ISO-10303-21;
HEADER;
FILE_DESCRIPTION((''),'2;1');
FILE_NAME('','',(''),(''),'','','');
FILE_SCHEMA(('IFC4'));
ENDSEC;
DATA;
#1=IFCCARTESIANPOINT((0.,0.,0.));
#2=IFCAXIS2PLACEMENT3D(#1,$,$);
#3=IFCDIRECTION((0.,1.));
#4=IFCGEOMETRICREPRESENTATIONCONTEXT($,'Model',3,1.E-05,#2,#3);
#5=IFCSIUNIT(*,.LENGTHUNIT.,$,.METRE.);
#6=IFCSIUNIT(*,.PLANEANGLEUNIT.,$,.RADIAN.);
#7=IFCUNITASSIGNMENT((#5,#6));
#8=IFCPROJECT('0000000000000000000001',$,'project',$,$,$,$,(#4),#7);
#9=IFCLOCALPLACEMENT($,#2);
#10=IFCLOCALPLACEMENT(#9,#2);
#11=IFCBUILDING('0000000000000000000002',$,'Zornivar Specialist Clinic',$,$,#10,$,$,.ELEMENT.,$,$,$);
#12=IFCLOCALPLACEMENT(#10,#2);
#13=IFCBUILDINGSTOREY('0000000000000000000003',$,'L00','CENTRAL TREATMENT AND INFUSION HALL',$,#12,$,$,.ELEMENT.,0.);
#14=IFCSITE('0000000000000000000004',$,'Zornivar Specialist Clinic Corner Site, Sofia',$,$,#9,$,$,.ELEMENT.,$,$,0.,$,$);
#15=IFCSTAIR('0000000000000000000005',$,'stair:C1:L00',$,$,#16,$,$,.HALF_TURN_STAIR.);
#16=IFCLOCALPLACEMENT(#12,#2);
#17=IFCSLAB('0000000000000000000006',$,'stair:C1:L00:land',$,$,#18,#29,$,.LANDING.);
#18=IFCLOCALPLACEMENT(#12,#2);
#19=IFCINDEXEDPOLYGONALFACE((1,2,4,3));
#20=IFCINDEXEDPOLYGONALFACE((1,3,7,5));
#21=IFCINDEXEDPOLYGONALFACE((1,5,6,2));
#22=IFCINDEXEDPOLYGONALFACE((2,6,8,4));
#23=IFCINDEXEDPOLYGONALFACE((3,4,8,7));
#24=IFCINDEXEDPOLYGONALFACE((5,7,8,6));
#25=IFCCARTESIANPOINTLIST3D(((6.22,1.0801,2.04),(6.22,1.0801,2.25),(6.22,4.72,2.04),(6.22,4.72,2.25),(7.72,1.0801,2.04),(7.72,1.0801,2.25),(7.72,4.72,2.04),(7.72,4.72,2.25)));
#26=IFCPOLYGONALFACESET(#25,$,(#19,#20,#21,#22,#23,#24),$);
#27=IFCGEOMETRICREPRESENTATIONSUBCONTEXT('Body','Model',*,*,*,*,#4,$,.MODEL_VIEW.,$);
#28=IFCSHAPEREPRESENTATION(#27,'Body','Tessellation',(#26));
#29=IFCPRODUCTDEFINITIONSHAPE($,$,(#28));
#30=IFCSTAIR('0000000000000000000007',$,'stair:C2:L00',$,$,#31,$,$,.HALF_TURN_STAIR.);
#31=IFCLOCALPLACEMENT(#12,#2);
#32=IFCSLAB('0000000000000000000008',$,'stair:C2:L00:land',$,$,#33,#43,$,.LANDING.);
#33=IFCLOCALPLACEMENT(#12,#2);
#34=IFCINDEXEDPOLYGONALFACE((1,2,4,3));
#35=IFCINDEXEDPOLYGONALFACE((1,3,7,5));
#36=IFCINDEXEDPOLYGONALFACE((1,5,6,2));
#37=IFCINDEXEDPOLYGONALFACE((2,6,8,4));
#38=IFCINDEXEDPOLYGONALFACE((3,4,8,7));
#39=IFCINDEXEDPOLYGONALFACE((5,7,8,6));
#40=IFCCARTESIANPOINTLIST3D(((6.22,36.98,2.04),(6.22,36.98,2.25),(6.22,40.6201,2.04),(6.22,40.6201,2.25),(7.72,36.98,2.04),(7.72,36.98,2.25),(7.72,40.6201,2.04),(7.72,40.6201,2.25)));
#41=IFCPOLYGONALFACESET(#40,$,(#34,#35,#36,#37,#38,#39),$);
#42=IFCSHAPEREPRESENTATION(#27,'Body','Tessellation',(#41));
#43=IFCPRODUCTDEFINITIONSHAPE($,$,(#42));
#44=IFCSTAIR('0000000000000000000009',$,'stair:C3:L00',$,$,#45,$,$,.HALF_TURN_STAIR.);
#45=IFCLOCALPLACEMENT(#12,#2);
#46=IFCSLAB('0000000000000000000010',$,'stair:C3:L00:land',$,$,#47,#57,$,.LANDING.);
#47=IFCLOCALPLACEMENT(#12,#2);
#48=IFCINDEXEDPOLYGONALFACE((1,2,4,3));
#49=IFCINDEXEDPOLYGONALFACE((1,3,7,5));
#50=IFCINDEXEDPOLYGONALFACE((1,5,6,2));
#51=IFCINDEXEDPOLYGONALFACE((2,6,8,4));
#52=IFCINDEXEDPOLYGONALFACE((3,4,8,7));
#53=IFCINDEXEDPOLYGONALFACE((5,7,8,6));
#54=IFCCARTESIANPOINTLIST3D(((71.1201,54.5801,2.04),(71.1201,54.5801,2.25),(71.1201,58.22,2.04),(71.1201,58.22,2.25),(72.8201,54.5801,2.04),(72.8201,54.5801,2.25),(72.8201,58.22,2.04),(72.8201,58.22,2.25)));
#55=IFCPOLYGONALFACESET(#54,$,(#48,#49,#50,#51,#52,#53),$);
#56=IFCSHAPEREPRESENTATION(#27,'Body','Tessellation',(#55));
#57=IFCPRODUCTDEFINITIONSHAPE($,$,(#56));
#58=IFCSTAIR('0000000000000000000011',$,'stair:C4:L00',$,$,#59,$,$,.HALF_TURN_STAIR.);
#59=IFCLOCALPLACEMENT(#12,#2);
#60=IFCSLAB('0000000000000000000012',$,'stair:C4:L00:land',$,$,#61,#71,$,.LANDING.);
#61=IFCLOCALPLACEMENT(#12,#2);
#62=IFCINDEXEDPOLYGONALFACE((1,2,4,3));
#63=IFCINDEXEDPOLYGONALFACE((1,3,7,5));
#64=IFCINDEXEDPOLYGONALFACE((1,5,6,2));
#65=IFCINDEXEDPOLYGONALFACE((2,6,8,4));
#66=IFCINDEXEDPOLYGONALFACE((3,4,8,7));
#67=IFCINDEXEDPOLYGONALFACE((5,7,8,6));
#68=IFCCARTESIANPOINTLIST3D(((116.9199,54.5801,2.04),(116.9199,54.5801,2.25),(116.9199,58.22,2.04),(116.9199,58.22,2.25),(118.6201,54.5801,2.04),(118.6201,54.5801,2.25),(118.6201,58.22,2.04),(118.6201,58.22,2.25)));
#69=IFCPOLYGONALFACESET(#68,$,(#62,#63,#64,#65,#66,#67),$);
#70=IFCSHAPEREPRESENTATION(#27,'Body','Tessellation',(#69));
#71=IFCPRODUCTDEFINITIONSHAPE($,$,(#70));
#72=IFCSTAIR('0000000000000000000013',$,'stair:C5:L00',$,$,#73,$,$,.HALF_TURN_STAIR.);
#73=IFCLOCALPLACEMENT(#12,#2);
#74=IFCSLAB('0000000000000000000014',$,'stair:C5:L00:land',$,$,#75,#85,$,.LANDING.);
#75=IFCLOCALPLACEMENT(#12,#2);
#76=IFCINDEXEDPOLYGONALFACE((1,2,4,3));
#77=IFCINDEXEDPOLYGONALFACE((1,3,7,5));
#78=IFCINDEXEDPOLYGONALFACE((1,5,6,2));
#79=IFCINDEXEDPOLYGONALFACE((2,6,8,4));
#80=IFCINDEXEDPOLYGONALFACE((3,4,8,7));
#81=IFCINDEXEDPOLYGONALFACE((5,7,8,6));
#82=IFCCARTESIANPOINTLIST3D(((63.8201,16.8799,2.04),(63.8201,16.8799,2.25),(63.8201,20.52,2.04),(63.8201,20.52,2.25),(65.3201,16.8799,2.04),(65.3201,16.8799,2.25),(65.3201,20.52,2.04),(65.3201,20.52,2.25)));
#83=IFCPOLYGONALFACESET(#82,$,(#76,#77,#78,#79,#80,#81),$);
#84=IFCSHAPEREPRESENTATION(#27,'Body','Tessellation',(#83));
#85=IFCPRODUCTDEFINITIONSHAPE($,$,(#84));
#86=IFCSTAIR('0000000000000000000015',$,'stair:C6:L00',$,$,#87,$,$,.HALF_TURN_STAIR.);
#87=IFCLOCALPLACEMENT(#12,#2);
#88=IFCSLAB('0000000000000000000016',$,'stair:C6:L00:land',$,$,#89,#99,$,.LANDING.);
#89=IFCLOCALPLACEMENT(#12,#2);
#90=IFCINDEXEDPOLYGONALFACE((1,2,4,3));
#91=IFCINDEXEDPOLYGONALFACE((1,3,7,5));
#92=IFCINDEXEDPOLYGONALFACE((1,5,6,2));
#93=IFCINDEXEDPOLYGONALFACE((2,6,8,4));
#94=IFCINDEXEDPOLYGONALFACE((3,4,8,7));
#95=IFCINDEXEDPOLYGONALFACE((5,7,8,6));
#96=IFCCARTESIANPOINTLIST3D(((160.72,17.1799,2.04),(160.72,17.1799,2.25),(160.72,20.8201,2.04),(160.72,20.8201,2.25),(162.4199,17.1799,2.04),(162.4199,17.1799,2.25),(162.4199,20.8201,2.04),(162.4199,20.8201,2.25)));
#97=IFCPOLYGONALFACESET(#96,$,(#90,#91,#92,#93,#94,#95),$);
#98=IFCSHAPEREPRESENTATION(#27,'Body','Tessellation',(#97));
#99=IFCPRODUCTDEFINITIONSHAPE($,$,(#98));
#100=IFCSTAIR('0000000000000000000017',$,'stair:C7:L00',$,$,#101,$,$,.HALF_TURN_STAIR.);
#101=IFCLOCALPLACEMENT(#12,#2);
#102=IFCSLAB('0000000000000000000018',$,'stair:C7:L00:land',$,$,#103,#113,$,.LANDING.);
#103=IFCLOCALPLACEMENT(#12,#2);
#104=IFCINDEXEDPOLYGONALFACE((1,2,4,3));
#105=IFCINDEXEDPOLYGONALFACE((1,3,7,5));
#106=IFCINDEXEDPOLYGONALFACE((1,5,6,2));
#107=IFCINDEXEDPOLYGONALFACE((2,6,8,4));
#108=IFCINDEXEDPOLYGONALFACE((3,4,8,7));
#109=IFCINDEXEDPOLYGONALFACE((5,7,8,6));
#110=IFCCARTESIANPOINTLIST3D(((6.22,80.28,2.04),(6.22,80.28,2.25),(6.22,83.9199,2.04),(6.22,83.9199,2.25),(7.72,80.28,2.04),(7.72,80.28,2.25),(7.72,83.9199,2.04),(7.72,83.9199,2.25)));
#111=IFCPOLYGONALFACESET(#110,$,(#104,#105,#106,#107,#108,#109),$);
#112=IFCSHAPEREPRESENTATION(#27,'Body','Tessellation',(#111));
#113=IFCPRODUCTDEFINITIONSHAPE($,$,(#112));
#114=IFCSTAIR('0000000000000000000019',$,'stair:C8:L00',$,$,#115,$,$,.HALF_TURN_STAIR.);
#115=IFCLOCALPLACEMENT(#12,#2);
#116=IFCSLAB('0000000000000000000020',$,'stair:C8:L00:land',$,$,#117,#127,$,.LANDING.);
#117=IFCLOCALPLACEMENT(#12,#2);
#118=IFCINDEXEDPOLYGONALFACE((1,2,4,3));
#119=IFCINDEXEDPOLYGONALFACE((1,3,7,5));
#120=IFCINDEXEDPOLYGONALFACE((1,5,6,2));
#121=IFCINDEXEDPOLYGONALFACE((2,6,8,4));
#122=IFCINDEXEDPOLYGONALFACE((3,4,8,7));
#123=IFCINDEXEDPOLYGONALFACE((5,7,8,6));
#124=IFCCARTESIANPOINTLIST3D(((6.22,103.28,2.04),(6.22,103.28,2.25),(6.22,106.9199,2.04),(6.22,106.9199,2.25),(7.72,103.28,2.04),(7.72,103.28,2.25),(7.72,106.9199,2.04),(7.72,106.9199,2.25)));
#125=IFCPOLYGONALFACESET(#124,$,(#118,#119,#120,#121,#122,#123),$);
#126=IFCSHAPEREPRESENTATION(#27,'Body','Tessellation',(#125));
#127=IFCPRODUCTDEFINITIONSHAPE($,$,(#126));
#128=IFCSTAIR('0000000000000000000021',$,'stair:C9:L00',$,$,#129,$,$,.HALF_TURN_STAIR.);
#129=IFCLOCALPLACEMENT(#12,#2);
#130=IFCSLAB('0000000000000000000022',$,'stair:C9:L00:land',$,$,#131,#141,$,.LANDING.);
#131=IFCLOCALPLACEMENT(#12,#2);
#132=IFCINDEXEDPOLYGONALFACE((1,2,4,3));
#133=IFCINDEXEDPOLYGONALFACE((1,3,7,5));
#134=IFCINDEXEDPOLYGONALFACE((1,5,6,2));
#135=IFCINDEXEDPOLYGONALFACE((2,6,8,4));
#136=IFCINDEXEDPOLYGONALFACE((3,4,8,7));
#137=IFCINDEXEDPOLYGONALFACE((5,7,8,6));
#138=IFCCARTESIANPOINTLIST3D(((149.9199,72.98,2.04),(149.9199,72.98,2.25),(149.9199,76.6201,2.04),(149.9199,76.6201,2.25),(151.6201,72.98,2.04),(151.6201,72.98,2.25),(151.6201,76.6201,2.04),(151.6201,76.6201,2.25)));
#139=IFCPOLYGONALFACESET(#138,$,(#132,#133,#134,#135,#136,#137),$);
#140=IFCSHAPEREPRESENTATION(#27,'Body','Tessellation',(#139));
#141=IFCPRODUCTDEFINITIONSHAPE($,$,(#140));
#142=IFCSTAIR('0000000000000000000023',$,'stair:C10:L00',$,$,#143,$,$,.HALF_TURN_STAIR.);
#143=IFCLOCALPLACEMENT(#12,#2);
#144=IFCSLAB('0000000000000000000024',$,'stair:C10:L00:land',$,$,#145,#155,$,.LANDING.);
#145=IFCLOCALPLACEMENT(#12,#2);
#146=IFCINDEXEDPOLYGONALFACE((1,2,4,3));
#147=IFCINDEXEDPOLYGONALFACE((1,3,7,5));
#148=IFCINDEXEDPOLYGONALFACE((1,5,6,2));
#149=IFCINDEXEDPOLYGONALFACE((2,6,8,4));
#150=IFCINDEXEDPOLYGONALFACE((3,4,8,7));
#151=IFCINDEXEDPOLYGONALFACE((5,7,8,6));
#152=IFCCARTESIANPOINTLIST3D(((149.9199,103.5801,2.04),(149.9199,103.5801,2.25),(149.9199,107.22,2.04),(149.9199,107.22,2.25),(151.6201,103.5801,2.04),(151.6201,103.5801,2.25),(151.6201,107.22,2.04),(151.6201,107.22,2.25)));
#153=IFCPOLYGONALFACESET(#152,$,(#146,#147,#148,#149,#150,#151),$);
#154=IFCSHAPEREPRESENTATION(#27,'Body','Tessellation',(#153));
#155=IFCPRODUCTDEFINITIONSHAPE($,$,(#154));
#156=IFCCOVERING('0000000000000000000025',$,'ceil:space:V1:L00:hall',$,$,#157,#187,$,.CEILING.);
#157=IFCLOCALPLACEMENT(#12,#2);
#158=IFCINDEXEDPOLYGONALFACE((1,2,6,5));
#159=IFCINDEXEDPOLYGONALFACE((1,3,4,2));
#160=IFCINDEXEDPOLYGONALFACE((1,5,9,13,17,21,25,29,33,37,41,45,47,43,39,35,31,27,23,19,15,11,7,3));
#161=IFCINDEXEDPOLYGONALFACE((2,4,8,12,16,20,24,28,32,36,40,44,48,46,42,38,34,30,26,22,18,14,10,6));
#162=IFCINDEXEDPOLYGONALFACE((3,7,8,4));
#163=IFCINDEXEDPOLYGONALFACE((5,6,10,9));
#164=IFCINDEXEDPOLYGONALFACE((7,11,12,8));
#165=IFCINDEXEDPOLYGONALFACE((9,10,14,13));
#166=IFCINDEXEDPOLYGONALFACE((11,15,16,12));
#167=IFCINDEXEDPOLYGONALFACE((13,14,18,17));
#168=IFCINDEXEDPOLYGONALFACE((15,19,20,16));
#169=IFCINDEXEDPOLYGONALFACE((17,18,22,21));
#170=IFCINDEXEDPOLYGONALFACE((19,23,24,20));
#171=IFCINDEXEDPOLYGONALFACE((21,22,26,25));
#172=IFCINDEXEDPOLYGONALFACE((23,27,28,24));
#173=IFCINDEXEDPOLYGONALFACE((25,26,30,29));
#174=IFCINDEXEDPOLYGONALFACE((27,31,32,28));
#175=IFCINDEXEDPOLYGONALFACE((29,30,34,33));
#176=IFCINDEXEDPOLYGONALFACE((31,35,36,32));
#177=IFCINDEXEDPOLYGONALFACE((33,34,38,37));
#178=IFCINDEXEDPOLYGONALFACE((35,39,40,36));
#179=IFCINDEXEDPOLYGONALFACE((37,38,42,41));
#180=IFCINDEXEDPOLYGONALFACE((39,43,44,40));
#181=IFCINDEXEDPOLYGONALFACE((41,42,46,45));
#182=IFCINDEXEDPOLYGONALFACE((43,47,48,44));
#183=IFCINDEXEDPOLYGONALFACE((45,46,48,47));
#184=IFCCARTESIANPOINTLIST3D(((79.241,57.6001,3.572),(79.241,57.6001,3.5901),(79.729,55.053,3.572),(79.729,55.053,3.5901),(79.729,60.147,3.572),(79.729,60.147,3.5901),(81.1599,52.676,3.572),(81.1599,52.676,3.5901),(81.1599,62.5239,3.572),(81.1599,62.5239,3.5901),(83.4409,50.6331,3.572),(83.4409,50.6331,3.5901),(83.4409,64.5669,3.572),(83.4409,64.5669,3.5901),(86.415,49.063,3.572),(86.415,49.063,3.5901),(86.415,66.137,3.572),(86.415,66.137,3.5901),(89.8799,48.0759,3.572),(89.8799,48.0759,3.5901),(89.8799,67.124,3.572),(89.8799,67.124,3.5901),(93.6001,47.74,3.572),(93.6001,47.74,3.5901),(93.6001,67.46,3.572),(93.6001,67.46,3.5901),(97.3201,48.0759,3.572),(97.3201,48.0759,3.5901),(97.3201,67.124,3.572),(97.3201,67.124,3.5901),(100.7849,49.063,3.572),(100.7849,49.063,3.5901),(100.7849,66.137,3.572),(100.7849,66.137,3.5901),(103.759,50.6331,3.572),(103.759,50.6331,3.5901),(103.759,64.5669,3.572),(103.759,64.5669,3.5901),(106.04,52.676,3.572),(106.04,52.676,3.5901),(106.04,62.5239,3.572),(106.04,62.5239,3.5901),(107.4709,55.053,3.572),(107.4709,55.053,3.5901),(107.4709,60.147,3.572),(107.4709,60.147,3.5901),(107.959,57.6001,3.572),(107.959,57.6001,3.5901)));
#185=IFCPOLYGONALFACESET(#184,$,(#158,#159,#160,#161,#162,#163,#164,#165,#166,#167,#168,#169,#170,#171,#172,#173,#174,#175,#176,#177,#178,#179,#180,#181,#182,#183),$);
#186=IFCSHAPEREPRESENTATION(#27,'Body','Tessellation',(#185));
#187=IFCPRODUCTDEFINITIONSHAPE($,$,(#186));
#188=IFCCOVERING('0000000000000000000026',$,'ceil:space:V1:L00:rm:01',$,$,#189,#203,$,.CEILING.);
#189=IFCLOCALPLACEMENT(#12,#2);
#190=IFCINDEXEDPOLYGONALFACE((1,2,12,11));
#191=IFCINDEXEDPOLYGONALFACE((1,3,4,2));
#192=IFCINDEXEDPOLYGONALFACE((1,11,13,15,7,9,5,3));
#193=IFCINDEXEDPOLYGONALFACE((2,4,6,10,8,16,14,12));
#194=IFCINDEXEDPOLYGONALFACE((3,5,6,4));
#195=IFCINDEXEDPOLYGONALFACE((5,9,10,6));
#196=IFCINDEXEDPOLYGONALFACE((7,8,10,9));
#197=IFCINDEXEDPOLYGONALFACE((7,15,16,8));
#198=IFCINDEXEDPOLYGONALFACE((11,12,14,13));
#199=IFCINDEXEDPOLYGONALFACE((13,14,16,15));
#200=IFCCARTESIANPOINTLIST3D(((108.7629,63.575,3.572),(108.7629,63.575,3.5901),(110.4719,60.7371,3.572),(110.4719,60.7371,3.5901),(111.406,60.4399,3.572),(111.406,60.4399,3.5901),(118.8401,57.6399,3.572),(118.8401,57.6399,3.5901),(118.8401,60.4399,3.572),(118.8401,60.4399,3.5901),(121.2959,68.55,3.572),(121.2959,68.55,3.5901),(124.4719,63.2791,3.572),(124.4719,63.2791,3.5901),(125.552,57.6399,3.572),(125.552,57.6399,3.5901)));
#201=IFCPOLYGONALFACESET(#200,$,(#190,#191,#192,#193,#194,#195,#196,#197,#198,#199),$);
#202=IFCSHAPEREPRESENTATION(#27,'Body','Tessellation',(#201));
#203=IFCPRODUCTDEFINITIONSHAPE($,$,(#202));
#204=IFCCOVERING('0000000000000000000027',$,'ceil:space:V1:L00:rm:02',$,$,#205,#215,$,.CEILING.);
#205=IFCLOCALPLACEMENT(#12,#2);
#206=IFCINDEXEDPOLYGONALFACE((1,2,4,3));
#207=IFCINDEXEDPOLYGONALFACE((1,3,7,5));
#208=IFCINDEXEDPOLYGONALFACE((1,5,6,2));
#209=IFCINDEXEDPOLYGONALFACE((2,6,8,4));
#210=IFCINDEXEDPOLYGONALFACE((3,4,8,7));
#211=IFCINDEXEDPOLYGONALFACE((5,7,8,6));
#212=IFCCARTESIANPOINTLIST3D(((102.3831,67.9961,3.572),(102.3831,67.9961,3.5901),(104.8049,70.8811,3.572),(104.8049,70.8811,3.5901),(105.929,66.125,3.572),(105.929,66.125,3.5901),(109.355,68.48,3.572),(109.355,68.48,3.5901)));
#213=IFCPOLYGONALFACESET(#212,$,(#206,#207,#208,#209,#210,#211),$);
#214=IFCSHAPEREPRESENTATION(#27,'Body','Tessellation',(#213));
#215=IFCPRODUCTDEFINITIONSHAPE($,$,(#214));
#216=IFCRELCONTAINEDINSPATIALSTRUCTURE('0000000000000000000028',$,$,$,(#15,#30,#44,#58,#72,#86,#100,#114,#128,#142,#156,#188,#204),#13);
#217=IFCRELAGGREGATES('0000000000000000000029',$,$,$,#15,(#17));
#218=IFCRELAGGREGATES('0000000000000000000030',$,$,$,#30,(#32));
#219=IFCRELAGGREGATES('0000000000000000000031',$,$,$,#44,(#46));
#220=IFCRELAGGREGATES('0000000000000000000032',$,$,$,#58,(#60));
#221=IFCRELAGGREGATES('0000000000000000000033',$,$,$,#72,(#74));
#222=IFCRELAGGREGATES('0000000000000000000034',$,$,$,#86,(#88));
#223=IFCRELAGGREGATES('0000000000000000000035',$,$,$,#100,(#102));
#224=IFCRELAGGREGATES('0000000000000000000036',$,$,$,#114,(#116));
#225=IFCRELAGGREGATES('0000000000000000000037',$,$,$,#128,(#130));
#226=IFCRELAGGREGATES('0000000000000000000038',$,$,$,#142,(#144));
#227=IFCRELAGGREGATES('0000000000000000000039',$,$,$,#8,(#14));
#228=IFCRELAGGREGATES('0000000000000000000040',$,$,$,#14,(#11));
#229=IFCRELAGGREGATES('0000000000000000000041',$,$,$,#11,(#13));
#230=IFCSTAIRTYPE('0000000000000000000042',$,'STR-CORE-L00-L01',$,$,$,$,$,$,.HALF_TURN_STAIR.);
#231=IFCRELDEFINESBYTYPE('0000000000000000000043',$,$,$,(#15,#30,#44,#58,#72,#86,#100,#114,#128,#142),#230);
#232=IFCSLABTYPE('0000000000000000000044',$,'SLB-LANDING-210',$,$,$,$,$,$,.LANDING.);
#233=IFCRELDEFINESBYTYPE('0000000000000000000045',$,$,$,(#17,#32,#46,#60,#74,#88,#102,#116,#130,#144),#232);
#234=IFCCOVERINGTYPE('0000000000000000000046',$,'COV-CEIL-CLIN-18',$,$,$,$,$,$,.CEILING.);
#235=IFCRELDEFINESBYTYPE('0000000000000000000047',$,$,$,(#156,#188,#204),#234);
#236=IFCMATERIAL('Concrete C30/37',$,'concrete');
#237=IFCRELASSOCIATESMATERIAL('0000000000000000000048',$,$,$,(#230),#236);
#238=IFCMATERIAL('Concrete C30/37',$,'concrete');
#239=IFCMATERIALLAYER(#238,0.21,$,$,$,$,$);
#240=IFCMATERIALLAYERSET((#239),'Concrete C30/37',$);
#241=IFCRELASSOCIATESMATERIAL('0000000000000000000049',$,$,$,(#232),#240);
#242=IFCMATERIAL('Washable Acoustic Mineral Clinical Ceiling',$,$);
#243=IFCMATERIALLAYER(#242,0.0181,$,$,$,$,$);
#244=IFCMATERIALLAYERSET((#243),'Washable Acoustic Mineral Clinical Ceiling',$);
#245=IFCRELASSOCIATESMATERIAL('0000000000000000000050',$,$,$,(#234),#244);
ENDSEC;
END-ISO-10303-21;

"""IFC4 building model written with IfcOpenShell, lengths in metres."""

from ifc_helpers import new_model, si_unit, direction, frame, origin, place, context, subcontext, project, spatial, polyline, outline, extrude, material, layer, layer_set, type_object, element, aggregate, save


model = new_model("IFC4")

# Units and contexts
model_context = context("Model", 3, precision=1e-05, world=origin(), true_north=direction((0.0, 1.0)))
body_context = subcontext(model_context, "Body", "Model", "MODEL_VIEW")
ifc_project = project(units=[si_unit("LENGTHUNIT", "METRE"), si_unit("PLANEANGLEUNIT", "RADIAN")], contexts=[model_context])

# Site, building, storey
site_placement = place(None, origin())
site = spatial("IfcSite", under=ifc_project, at=site_placement, Name="Zornivar Specialist Clinic Corner Site, Sofia", CompositionType="ELEMENT", RefElevation=0.0)
building_placement = place(site_placement, origin())
building = spatial("IfcBuilding", under=site, at=building_placement, Name="Zornivar Specialist Clinic", CompositionType="ELEMENT")
storey_placement = place(building_placement, origin())
storey = spatial("IfcBuildingStorey", under=building, at=storey_placement, Name="L00", Description="CENTRAL TREATMENT AND INFUSION HALL", CompositionType="ELEMENT", Elevation=0.0)

# Stairs, slabs
ifc_material_1 = material(Name="Concrete C30/37", Category="concrete")
stair_type = type_object("IfcStairType", Name="STR-CORE-L00-L01", PredefinedType="HALF_TURN_STAIR", material=ifc_material_1)
stair_1_placement = place(storey_placement, origin())
stair_1 = element("IfcStair", 1, at=stair_1_placement, inside=storey, type_object=stair_type, Name="stair:C1:L00", PredefinedType="HALF_TURN_STAIR")
ifc_material_2 = material(Name="Concrete C30/37", Category="concrete")
ifc_layer_1 = layer(ifc_material_2, 0.21)
ifc_layer_set_1 = layer_set([ifc_layer_1], Name="Concrete C30/37")
slab_type = type_object("IfcSlabType", Name="SLB-LANDING-210", PredefinedType="LANDING", material=ifc_layer_set_1)
slab_1_placement = place(storey_placement, frame((0.0, 0.0, 2.04)))
slab_1 = element("IfcSlab", 2, at=slab_1_placement, type_object=slab_type, Name="stair:C1:L00:land", PredefinedType="LANDING", context=body_context, shape_type="SweptSolid", body=[
    extrude(outline(polyline([(6.22, 1.0801), (7.72, 1.0801), (7.72, 4.72), (6.22, 4.72), (6.22, 1.0801)])), origin(), (0.0, 0.0, 1.0), 0.21),
])
aggregate(stair_1, [slab_1])
stair_2_placement = place(storey_placement, origin())
stair_2 = element("IfcStair", 3, at=stair_2_placement, inside=storey, type_object=stair_type, Name="stair:C2:L00", PredefinedType="HALF_TURN_STAIR")
slab_2_placement = place(storey_placement, frame((0.0, 0.0, 2.04)))
slab_2 = element("IfcSlab", 4, at=slab_2_placement, type_object=slab_type, Name="stair:C2:L00:land", PredefinedType="LANDING", context=body_context, shape_type="SweptSolid", body=[
    extrude(outline(polyline([(6.22, 36.98), (7.72, 36.98), (7.72, 40.6201), (6.22, 40.6201), (6.22, 36.98)])), origin(), (0.0, 0.0, 1.0), 0.21),
])
aggregate(stair_2, [slab_2])
stair_3_placement = place(storey_placement, origin())
stair_3 = element("IfcStair", 5, at=stair_3_placement, inside=storey, type_object=stair_type, Name="stair:C3:L00", PredefinedType="HALF_TURN_STAIR")
slab_3_placement = place(storey_placement, frame((0.0, 0.0, 2.04)))
slab_3 = element("IfcSlab", 6, at=slab_3_placement, type_object=slab_type, Name="stair:C3:L00:land", PredefinedType="LANDING", context=body_context, shape_type="SweptSolid", body=[
    extrude(outline(polyline([(71.1201, 54.5801), (72.8201, 54.5801), (72.8201, 58.22), (71.1201, 58.22), (71.1201, 54.5801)])), origin(), (0.0, 0.0, 1.0), 0.21),
])
aggregate(stair_3, [slab_3])
stair_4_placement = place(storey_placement, origin())
stair_4 = element("IfcStair", 7, at=stair_4_placement, inside=storey, type_object=stair_type, Name="stair:C4:L00", PredefinedType="HALF_TURN_STAIR")
slab_4_placement = place(storey_placement, frame((0.0, 0.0, 2.04)))
slab_4 = element("IfcSlab", 8, at=slab_4_placement, type_object=slab_type, Name="stair:C4:L00:land", PredefinedType="LANDING", context=body_context, shape_type="SweptSolid", body=[
    extrude(outline(polyline([(116.9199, 54.5801), (118.6201, 54.5801), (118.6201, 58.22), (116.9199, 58.22), (116.9199, 54.5801)])), origin(), (0.0, 0.0, 1.0), 0.21),
])
aggregate(stair_4, [slab_4])
stair_5_placement = place(storey_placement, origin())
stair_5 = element("IfcStair", 9, at=stair_5_placement, inside=storey, type_object=stair_type, Name="stair:C5:L00", PredefinedType="HALF_TURN_STAIR")
slab_5_placement = place(storey_placement, frame((0.0, 0.0, 2.04)))
slab_5 = element("IfcSlab", 10, at=slab_5_placement, type_object=slab_type, Name="stair:C5:L00:land", PredefinedType="LANDING", context=body_context, shape_type="SweptSolid", body=[
    extrude(outline(polyline([(63.8201, 16.8799), (65.3201, 16.8799), (65.3201, 20.52), (63.8201, 20.52), (63.8201, 16.8799)])), origin(), (0.0, 0.0, 1.0), 0.21),
])
aggregate(stair_5, [slab_5])
stair_6_placement = place(storey_placement, origin())
stair_6 = element("IfcStair", 11, at=stair_6_placement, inside=storey, type_object=stair_type, Name="stair:C6:L00", PredefinedType="HALF_TURN_STAIR")
slab_6_placement = place(storey_placement, frame((0.0, 0.0, 2.04)))
slab_6 = element("IfcSlab", 12, at=slab_6_placement, type_object=slab_type, Name="stair:C6:L00:land", PredefinedType="LANDING", context=body_context, shape_type="SweptSolid", body=[
    extrude(outline(polyline([(160.72, 17.1799), (162.4199, 17.1799), (162.4199, 20.8201), (160.72, 20.8201), (160.72, 17.1799)])), origin(), (0.0, 0.0, 1.0), 0.21),
])
aggregate(stair_6, [slab_6])
stair_7_placement = place(storey_placement, origin())
stair_7 = element("IfcStair", 13, at=stair_7_placement, inside=storey, type_object=stair_type, Name="stair:C7:L00", PredefinedType="HALF_TURN_STAIR")
slab_7_placement = place(storey_placement, frame((0.0, 0.0, 2.04)))
slab_7 = element("IfcSlab", 14, at=slab_7_placement, type_object=slab_type, Name="stair:C7:L00:land", PredefinedType="LANDING", context=body_context, shape_type="SweptSolid", body=[
    extrude(outline(polyline([(6.22, 80.28), (7.72, 80.28), (7.72, 83.9199), (6.22, 83.9199), (6.22, 80.28)])), origin(), (0.0, 0.0, 1.0), 0.21),
])
aggregate(stair_7, [slab_7])
stair_8_placement = place(storey_placement, origin())
stair_8 = element("IfcStair", 15, at=stair_8_placement, inside=storey, type_object=stair_type, Name="stair:C8:L00", PredefinedType="HALF_TURN_STAIR")
slab_8_placement = place(storey_placement, frame((0.0, 0.0, 2.04)))
slab_8 = element("IfcSlab", 16, at=slab_8_placement, type_object=slab_type, Name="stair:C8:L00:land", PredefinedType="LANDING", context=body_context, shape_type="SweptSolid", body=[
    extrude(outline(polyline([(6.22, 103.28), (7.72, 103.28), (7.72, 106.9199), (6.22, 106.9199), (6.22, 103.28)])), origin(), (0.0, 0.0, 1.0), 0.21),
])
aggregate(stair_8, [slab_8])
stair_9_placement = place(storey_placement, origin())
stair_9 = element("IfcStair", 17, at=stair_9_placement, inside=storey, type_object=stair_type, Name="stair:C9:L00", PredefinedType="HALF_TURN_STAIR")
slab_9_placement = place(storey_placement, frame((0.0, 0.0, 2.04)))
slab_9 = element("IfcSlab", 18, at=slab_9_placement, type_object=slab_type, Name="stair:C9:L00:land", PredefinedType="LANDING", context=body_context, shape_type="SweptSolid", body=[
    extrude(outline(polyline([(149.9199, 72.98), (151.6201, 72.98), (151.6201, 76.6201), (149.9199, 76.6201), (149.9199, 72.98)])), origin(), (0.0, 0.0, 1.0), 0.21),
])
aggregate(stair_9, [slab_9])
stair_10_placement = place(storey_placement, origin())
stair_10 = element("IfcStair", 19, at=stair_10_placement, inside=storey, type_object=stair_type, Name="stair:C10:L00", PredefinedType="HALF_TURN_STAIR")
slab_10_placement = place(storey_placement, frame((0.0, 0.0, 2.04)))
slab_10 = element("IfcSlab", 20, at=slab_10_placement, type_object=slab_type, Name="stair:C10:L00:land", PredefinedType="LANDING", context=body_context, shape_type="SweptSolid", body=[
    extrude(outline(polyline([(149.9199, 103.5801), (151.6201, 103.5801), (151.6201, 107.22), (149.9199, 107.22), (149.9199, 103.5801)])), origin(), (0.0, 0.0, 1.0), 0.21),
])
aggregate(stair_10, [slab_10])

# Coverings
ifc_material_3 = material(Name="Washable Acoustic Mineral Clinical Ceiling")
ifc_layer_2 = layer(ifc_material_3, 0.0181)
ifc_layer_set_2 = layer_set([ifc_layer_2], Name="Washable Acoustic Mineral Clinical Ceiling")
covering_type_1 = type_object("IfcCoveringType", Name="COV-CEIL-CLIN-18", PredefinedType="CEILING", material=ifc_layer_set_2)
covering_1_placement = place(storey_placement, frame((0.0, 0.0, 3.572)))
element("IfcCovering", 21, at=covering_1_placement, inside=storey, type_object=covering_type_1, Name="ceil:space:V1:L00:hall", PredefinedType="CEILING", context=body_context, shape_type="SweptSolid", body=[
    extrude(outline(polyline([(107.959, 57.6001), (107.4709, 55.053), (106.04, 52.676), (103.759, 50.6331), (100.7849, 49.063), (97.3201, 48.0759), (93.6001, 47.74), (89.8799, 48.0759), (86.415, 49.063), (83.4409, 50.6331), (81.1599, 52.676), (79.729, 55.053), (79.241, 57.6001), (79.729, 60.147), (81.1599, 62.5239), (83.4409, 64.5669), (86.415, 66.137), (89.8799, 67.124), (93.6001, 67.46), (97.3201, 67.124), (100.7849, 66.137), (103.759, 64.5669), (106.04, 62.5239), (107.4709, 60.147), (107.959, 57.6001)])), origin(), (0.0, 0.0, 1.0), 0.0181),
])
covering_2_placement = place(storey_placement, frame((0.0, 0.0, 3.572)))
element("IfcCovering", 22, at=covering_2_placement, inside=storey, type_object=covering_type_1, Name="ceil:space:V1:L00:rm:01", PredefinedType="CEILING", context=body_context, shape_type="SweptSolid", body=[
    extrude(outline(polyline([(118.8401, 60.4399), (111.406, 60.4399), (110.4719, 60.7371), (108.7629, 63.575), (121.2959, 68.55), (124.4719, 63.2791), (125.552, 57.6399), (118.8401, 57.6399), (118.8401, 60.4399)])), origin(), (0.0, 0.0, 1.0), 0.0181),
])
covering_3_placement = place(storey_placement, frame((0.0, 0.0, 3.572)))
element("IfcCovering", 23, at=covering_3_placement, inside=storey, type_object=covering_type_1, Name="ceil:space:V1:L00:rm:02", PredefinedType="CEILING", context=body_context, shape_type="SweptSolid", body=[
    extrude(outline(polyline([(104.8049, 70.8811), (109.355, 68.48), (105.929, 66.125), (102.3831, 67.9961), (104.8049, 70.8811)])), origin(), (0.0, 0.0, 1.0), 0.0181),
])

save(model, "model.ifc")
